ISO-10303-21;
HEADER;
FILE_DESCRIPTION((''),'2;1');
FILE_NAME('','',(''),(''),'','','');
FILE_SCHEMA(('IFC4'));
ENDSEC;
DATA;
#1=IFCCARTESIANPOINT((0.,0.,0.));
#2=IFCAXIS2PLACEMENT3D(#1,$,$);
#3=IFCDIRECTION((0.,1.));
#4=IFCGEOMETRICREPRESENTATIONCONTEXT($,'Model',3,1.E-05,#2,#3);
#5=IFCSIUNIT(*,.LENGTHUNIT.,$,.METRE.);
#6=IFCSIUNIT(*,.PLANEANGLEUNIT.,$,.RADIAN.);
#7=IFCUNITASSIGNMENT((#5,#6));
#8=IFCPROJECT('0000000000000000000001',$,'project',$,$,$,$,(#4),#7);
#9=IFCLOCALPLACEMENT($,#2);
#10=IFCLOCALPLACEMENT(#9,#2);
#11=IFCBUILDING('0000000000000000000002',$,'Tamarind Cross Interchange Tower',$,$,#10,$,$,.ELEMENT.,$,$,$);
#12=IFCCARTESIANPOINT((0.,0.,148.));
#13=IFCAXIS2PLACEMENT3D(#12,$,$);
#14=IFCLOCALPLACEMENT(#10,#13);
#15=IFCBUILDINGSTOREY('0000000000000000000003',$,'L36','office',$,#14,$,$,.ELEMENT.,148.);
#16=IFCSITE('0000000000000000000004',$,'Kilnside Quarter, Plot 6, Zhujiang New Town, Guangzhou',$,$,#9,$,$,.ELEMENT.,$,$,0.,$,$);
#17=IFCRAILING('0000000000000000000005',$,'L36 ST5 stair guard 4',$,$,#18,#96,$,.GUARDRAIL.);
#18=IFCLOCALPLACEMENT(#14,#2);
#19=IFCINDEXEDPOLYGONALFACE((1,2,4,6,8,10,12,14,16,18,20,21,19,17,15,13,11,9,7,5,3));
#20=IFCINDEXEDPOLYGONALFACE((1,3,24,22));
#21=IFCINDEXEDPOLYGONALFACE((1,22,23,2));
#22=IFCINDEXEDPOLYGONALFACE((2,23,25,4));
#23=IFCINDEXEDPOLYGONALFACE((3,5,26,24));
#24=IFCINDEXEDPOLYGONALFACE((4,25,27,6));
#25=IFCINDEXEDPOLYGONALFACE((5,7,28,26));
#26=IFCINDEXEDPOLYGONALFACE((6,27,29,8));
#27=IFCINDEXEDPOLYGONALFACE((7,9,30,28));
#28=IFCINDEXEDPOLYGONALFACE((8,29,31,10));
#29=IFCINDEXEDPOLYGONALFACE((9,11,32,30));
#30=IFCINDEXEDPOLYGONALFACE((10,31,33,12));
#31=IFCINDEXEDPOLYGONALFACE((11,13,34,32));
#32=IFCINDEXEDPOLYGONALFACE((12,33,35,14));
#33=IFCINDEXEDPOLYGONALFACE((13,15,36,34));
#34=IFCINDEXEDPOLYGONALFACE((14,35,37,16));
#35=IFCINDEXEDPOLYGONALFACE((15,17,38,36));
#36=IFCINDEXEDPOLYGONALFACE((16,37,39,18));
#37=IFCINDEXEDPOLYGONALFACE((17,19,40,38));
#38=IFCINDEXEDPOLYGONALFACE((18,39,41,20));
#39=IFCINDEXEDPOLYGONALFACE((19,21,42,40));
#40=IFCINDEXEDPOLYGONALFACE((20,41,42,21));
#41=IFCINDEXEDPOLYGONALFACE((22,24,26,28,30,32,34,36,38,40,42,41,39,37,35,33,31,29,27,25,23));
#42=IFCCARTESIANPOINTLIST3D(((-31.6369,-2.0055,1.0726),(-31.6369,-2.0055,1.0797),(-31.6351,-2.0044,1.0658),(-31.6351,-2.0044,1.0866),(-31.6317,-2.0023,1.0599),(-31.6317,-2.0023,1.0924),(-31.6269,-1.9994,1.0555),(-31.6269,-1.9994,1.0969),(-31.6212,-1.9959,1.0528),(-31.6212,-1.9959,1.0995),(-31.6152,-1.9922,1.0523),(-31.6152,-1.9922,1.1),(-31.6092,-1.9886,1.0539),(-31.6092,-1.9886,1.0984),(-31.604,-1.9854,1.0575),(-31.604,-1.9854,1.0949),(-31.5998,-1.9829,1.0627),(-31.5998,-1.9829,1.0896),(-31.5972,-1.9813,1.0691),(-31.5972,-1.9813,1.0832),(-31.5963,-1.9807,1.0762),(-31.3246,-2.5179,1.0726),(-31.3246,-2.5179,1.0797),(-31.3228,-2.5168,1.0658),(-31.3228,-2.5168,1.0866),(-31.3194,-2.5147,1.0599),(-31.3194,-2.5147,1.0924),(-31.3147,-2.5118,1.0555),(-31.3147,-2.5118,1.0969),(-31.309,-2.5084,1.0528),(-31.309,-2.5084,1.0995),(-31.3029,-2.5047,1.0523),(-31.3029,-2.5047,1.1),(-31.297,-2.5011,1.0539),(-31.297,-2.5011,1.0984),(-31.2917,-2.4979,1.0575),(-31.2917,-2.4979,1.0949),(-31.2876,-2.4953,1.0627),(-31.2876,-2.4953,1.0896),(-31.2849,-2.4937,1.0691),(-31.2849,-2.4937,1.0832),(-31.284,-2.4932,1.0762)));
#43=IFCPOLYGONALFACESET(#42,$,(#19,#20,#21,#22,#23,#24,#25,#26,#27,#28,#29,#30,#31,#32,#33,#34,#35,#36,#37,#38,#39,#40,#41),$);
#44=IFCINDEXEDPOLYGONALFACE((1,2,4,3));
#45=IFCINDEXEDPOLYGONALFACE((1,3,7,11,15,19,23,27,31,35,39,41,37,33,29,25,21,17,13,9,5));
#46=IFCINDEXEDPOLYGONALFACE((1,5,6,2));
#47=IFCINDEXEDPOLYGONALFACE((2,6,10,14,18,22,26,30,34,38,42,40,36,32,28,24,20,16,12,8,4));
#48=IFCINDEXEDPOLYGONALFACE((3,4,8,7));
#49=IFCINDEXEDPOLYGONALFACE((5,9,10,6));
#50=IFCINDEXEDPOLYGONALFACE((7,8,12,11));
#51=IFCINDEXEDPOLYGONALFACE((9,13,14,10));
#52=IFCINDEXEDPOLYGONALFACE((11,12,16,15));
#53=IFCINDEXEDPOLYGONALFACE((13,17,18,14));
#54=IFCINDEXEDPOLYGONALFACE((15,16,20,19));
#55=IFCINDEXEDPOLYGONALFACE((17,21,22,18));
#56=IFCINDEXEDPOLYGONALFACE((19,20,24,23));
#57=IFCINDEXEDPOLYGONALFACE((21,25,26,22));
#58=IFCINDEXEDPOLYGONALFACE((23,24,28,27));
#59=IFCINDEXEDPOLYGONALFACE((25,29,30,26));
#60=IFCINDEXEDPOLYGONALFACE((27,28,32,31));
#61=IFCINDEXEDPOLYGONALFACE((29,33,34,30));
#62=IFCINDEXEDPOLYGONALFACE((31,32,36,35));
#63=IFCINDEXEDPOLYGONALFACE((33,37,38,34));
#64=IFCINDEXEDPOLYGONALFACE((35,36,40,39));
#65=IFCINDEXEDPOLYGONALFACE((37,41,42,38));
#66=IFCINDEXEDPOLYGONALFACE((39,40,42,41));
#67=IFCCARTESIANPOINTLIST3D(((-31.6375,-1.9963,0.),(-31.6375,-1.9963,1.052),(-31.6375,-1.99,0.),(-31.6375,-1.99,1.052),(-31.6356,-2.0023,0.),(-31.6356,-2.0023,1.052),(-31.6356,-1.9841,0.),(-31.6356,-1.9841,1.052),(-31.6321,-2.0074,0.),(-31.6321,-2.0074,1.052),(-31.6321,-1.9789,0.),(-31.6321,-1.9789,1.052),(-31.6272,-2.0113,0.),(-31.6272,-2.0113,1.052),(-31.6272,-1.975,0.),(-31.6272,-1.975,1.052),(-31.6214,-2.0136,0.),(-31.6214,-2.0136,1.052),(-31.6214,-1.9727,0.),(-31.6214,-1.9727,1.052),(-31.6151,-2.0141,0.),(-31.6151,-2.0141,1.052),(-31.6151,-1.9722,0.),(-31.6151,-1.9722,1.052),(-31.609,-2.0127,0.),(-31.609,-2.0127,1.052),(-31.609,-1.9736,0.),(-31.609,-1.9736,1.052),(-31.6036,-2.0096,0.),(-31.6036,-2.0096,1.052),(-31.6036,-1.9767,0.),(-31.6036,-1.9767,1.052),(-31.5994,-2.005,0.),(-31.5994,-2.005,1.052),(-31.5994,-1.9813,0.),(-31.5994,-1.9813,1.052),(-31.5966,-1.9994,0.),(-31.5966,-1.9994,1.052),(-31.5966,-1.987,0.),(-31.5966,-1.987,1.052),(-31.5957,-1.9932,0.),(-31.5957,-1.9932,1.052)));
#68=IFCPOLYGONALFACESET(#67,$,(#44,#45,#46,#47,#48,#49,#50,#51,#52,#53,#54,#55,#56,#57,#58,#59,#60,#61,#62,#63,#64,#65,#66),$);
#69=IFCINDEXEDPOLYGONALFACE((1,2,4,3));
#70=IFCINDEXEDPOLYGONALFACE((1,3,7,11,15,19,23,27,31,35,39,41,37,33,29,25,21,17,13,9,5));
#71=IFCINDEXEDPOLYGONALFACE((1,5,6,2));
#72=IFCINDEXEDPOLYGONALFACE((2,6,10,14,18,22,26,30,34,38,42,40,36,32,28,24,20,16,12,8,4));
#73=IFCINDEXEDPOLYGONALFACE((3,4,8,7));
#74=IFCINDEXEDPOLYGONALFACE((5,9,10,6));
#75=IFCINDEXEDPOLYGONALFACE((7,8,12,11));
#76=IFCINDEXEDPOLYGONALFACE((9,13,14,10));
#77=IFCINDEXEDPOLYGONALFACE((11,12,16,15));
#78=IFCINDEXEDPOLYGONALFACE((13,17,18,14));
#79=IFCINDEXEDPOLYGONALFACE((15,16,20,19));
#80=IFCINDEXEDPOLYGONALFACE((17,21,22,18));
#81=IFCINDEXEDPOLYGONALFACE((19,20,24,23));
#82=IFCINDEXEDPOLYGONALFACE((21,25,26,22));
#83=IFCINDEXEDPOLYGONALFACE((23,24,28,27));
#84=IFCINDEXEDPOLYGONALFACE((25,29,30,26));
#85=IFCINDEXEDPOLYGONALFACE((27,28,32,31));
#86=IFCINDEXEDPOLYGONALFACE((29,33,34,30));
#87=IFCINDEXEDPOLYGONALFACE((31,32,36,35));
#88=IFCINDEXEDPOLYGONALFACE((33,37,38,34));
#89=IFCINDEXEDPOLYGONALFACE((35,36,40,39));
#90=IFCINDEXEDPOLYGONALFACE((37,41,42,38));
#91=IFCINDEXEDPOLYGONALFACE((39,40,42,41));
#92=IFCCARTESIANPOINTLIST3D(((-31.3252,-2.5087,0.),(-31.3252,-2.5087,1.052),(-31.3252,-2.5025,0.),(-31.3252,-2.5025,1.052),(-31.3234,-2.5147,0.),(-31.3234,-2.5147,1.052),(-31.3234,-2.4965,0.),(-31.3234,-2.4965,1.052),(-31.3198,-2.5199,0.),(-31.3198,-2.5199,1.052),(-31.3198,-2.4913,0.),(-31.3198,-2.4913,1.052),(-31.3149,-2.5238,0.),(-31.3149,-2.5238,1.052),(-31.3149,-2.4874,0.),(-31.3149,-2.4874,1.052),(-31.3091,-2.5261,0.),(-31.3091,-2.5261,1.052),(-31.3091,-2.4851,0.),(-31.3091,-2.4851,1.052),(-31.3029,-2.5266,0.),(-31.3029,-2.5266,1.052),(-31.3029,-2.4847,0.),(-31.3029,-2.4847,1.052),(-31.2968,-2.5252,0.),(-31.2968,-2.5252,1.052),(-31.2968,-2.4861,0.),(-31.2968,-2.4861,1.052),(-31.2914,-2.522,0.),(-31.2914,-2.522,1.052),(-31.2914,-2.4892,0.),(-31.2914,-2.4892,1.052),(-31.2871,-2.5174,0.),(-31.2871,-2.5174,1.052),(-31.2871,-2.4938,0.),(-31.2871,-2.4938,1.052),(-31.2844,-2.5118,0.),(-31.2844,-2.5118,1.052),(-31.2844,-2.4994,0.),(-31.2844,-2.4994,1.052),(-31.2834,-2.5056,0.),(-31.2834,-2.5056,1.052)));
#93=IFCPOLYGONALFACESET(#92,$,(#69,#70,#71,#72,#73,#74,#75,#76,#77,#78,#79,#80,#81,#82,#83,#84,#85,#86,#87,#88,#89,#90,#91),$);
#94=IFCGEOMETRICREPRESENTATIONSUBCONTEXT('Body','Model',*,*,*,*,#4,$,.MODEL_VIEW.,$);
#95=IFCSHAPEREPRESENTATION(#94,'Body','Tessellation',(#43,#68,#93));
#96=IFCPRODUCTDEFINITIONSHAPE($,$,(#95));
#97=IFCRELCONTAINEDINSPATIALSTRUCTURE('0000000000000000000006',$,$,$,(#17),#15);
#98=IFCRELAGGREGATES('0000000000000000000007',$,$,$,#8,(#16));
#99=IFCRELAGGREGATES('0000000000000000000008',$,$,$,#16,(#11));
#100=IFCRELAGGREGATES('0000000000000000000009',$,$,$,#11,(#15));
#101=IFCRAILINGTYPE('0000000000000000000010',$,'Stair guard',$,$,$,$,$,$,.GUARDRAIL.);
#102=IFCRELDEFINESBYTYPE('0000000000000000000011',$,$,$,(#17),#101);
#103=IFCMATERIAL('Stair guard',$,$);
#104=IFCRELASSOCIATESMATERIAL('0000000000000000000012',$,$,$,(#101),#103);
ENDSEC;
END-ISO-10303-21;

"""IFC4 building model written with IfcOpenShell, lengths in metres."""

from ifc_helpers import new_model, si_unit, direction, frame, origin, origin_2d, place, context, subcontext, project, spatial, circle, extrude, material, type_object, element, save


model = new_model("IFC4")

# Units and contexts
model_context = context("Model", 3, precision=1e-05, world=origin(), true_north=direction((0.0, 1.0)))
body_context = subcontext(model_context, "Body", "Model", "MODEL_VIEW")
ifc_project = project(units=[si_unit("LENGTHUNIT", "METRE"), si_unit("PLANEANGLEUNIT", "RADIAN")], contexts=[model_context])

# Site, building, storey
site_placement = place(None, origin())
site = spatial("IfcSite", under=ifc_project, at=site_placement, Name="Kilnside Quarter, Plot 6, Zhujiang New Town, Guangzhou", CompositionType="ELEMENT", RefElevation=0.0)
building_placement = place(site_placement, origin())
building = spatial("IfcBuilding", under=site, at=building_placement, Name="Tamarind Cross Interchange Tower", CompositionType="ELEMENT")
storey_placement = place(building_placement, frame((0.0, 0.0, 148.0)))
storey = spatial("IfcBuildingStorey", under=building, at=storey_placement, Name="L36", Description="office", CompositionType="ELEMENT", Elevation=148.0)

# Railing
ifc_material_1 = material(Name="Stair guard")
railing_type_1 = type_object("IfcRailingType", Name="Stair guard", PredefinedType="GUARDRAIL", material=ifc_material_1)
railing_1_placement = place(storey_placement, frame((-31.6167, -1.9932, 0.0)))
element("IfcRailing", 1, at=railing_1_placement, inside=storey, type_object=railing_type_1, Name="L36 ST5 stair guard 4", PredefinedType="GUARDRAIL", context=body_context, shape_type="SweptSolid", body=[
    extrude(circle(Radius=0.0239, at=origin_2d()), frame((0.0, 0.0, 1.0762), z_axis=(0.520347, -0.853955, 0.0), x_axis=(0.853955, 0.520347, 0.0)), (0.0, 0.0, 1.0), 0.6001),
    extrude(circle(Radius=0.021, at=origin_2d()), origin(), (0.0, 0.0, 1.0), 1.052),
    extrude(circle(Radius=0.021, at=origin_2d()), frame((0.3123, -0.5125, 0.0)), (0.0, 0.0, 1.0), 1.052),
])

save(model, "model.ifc")
